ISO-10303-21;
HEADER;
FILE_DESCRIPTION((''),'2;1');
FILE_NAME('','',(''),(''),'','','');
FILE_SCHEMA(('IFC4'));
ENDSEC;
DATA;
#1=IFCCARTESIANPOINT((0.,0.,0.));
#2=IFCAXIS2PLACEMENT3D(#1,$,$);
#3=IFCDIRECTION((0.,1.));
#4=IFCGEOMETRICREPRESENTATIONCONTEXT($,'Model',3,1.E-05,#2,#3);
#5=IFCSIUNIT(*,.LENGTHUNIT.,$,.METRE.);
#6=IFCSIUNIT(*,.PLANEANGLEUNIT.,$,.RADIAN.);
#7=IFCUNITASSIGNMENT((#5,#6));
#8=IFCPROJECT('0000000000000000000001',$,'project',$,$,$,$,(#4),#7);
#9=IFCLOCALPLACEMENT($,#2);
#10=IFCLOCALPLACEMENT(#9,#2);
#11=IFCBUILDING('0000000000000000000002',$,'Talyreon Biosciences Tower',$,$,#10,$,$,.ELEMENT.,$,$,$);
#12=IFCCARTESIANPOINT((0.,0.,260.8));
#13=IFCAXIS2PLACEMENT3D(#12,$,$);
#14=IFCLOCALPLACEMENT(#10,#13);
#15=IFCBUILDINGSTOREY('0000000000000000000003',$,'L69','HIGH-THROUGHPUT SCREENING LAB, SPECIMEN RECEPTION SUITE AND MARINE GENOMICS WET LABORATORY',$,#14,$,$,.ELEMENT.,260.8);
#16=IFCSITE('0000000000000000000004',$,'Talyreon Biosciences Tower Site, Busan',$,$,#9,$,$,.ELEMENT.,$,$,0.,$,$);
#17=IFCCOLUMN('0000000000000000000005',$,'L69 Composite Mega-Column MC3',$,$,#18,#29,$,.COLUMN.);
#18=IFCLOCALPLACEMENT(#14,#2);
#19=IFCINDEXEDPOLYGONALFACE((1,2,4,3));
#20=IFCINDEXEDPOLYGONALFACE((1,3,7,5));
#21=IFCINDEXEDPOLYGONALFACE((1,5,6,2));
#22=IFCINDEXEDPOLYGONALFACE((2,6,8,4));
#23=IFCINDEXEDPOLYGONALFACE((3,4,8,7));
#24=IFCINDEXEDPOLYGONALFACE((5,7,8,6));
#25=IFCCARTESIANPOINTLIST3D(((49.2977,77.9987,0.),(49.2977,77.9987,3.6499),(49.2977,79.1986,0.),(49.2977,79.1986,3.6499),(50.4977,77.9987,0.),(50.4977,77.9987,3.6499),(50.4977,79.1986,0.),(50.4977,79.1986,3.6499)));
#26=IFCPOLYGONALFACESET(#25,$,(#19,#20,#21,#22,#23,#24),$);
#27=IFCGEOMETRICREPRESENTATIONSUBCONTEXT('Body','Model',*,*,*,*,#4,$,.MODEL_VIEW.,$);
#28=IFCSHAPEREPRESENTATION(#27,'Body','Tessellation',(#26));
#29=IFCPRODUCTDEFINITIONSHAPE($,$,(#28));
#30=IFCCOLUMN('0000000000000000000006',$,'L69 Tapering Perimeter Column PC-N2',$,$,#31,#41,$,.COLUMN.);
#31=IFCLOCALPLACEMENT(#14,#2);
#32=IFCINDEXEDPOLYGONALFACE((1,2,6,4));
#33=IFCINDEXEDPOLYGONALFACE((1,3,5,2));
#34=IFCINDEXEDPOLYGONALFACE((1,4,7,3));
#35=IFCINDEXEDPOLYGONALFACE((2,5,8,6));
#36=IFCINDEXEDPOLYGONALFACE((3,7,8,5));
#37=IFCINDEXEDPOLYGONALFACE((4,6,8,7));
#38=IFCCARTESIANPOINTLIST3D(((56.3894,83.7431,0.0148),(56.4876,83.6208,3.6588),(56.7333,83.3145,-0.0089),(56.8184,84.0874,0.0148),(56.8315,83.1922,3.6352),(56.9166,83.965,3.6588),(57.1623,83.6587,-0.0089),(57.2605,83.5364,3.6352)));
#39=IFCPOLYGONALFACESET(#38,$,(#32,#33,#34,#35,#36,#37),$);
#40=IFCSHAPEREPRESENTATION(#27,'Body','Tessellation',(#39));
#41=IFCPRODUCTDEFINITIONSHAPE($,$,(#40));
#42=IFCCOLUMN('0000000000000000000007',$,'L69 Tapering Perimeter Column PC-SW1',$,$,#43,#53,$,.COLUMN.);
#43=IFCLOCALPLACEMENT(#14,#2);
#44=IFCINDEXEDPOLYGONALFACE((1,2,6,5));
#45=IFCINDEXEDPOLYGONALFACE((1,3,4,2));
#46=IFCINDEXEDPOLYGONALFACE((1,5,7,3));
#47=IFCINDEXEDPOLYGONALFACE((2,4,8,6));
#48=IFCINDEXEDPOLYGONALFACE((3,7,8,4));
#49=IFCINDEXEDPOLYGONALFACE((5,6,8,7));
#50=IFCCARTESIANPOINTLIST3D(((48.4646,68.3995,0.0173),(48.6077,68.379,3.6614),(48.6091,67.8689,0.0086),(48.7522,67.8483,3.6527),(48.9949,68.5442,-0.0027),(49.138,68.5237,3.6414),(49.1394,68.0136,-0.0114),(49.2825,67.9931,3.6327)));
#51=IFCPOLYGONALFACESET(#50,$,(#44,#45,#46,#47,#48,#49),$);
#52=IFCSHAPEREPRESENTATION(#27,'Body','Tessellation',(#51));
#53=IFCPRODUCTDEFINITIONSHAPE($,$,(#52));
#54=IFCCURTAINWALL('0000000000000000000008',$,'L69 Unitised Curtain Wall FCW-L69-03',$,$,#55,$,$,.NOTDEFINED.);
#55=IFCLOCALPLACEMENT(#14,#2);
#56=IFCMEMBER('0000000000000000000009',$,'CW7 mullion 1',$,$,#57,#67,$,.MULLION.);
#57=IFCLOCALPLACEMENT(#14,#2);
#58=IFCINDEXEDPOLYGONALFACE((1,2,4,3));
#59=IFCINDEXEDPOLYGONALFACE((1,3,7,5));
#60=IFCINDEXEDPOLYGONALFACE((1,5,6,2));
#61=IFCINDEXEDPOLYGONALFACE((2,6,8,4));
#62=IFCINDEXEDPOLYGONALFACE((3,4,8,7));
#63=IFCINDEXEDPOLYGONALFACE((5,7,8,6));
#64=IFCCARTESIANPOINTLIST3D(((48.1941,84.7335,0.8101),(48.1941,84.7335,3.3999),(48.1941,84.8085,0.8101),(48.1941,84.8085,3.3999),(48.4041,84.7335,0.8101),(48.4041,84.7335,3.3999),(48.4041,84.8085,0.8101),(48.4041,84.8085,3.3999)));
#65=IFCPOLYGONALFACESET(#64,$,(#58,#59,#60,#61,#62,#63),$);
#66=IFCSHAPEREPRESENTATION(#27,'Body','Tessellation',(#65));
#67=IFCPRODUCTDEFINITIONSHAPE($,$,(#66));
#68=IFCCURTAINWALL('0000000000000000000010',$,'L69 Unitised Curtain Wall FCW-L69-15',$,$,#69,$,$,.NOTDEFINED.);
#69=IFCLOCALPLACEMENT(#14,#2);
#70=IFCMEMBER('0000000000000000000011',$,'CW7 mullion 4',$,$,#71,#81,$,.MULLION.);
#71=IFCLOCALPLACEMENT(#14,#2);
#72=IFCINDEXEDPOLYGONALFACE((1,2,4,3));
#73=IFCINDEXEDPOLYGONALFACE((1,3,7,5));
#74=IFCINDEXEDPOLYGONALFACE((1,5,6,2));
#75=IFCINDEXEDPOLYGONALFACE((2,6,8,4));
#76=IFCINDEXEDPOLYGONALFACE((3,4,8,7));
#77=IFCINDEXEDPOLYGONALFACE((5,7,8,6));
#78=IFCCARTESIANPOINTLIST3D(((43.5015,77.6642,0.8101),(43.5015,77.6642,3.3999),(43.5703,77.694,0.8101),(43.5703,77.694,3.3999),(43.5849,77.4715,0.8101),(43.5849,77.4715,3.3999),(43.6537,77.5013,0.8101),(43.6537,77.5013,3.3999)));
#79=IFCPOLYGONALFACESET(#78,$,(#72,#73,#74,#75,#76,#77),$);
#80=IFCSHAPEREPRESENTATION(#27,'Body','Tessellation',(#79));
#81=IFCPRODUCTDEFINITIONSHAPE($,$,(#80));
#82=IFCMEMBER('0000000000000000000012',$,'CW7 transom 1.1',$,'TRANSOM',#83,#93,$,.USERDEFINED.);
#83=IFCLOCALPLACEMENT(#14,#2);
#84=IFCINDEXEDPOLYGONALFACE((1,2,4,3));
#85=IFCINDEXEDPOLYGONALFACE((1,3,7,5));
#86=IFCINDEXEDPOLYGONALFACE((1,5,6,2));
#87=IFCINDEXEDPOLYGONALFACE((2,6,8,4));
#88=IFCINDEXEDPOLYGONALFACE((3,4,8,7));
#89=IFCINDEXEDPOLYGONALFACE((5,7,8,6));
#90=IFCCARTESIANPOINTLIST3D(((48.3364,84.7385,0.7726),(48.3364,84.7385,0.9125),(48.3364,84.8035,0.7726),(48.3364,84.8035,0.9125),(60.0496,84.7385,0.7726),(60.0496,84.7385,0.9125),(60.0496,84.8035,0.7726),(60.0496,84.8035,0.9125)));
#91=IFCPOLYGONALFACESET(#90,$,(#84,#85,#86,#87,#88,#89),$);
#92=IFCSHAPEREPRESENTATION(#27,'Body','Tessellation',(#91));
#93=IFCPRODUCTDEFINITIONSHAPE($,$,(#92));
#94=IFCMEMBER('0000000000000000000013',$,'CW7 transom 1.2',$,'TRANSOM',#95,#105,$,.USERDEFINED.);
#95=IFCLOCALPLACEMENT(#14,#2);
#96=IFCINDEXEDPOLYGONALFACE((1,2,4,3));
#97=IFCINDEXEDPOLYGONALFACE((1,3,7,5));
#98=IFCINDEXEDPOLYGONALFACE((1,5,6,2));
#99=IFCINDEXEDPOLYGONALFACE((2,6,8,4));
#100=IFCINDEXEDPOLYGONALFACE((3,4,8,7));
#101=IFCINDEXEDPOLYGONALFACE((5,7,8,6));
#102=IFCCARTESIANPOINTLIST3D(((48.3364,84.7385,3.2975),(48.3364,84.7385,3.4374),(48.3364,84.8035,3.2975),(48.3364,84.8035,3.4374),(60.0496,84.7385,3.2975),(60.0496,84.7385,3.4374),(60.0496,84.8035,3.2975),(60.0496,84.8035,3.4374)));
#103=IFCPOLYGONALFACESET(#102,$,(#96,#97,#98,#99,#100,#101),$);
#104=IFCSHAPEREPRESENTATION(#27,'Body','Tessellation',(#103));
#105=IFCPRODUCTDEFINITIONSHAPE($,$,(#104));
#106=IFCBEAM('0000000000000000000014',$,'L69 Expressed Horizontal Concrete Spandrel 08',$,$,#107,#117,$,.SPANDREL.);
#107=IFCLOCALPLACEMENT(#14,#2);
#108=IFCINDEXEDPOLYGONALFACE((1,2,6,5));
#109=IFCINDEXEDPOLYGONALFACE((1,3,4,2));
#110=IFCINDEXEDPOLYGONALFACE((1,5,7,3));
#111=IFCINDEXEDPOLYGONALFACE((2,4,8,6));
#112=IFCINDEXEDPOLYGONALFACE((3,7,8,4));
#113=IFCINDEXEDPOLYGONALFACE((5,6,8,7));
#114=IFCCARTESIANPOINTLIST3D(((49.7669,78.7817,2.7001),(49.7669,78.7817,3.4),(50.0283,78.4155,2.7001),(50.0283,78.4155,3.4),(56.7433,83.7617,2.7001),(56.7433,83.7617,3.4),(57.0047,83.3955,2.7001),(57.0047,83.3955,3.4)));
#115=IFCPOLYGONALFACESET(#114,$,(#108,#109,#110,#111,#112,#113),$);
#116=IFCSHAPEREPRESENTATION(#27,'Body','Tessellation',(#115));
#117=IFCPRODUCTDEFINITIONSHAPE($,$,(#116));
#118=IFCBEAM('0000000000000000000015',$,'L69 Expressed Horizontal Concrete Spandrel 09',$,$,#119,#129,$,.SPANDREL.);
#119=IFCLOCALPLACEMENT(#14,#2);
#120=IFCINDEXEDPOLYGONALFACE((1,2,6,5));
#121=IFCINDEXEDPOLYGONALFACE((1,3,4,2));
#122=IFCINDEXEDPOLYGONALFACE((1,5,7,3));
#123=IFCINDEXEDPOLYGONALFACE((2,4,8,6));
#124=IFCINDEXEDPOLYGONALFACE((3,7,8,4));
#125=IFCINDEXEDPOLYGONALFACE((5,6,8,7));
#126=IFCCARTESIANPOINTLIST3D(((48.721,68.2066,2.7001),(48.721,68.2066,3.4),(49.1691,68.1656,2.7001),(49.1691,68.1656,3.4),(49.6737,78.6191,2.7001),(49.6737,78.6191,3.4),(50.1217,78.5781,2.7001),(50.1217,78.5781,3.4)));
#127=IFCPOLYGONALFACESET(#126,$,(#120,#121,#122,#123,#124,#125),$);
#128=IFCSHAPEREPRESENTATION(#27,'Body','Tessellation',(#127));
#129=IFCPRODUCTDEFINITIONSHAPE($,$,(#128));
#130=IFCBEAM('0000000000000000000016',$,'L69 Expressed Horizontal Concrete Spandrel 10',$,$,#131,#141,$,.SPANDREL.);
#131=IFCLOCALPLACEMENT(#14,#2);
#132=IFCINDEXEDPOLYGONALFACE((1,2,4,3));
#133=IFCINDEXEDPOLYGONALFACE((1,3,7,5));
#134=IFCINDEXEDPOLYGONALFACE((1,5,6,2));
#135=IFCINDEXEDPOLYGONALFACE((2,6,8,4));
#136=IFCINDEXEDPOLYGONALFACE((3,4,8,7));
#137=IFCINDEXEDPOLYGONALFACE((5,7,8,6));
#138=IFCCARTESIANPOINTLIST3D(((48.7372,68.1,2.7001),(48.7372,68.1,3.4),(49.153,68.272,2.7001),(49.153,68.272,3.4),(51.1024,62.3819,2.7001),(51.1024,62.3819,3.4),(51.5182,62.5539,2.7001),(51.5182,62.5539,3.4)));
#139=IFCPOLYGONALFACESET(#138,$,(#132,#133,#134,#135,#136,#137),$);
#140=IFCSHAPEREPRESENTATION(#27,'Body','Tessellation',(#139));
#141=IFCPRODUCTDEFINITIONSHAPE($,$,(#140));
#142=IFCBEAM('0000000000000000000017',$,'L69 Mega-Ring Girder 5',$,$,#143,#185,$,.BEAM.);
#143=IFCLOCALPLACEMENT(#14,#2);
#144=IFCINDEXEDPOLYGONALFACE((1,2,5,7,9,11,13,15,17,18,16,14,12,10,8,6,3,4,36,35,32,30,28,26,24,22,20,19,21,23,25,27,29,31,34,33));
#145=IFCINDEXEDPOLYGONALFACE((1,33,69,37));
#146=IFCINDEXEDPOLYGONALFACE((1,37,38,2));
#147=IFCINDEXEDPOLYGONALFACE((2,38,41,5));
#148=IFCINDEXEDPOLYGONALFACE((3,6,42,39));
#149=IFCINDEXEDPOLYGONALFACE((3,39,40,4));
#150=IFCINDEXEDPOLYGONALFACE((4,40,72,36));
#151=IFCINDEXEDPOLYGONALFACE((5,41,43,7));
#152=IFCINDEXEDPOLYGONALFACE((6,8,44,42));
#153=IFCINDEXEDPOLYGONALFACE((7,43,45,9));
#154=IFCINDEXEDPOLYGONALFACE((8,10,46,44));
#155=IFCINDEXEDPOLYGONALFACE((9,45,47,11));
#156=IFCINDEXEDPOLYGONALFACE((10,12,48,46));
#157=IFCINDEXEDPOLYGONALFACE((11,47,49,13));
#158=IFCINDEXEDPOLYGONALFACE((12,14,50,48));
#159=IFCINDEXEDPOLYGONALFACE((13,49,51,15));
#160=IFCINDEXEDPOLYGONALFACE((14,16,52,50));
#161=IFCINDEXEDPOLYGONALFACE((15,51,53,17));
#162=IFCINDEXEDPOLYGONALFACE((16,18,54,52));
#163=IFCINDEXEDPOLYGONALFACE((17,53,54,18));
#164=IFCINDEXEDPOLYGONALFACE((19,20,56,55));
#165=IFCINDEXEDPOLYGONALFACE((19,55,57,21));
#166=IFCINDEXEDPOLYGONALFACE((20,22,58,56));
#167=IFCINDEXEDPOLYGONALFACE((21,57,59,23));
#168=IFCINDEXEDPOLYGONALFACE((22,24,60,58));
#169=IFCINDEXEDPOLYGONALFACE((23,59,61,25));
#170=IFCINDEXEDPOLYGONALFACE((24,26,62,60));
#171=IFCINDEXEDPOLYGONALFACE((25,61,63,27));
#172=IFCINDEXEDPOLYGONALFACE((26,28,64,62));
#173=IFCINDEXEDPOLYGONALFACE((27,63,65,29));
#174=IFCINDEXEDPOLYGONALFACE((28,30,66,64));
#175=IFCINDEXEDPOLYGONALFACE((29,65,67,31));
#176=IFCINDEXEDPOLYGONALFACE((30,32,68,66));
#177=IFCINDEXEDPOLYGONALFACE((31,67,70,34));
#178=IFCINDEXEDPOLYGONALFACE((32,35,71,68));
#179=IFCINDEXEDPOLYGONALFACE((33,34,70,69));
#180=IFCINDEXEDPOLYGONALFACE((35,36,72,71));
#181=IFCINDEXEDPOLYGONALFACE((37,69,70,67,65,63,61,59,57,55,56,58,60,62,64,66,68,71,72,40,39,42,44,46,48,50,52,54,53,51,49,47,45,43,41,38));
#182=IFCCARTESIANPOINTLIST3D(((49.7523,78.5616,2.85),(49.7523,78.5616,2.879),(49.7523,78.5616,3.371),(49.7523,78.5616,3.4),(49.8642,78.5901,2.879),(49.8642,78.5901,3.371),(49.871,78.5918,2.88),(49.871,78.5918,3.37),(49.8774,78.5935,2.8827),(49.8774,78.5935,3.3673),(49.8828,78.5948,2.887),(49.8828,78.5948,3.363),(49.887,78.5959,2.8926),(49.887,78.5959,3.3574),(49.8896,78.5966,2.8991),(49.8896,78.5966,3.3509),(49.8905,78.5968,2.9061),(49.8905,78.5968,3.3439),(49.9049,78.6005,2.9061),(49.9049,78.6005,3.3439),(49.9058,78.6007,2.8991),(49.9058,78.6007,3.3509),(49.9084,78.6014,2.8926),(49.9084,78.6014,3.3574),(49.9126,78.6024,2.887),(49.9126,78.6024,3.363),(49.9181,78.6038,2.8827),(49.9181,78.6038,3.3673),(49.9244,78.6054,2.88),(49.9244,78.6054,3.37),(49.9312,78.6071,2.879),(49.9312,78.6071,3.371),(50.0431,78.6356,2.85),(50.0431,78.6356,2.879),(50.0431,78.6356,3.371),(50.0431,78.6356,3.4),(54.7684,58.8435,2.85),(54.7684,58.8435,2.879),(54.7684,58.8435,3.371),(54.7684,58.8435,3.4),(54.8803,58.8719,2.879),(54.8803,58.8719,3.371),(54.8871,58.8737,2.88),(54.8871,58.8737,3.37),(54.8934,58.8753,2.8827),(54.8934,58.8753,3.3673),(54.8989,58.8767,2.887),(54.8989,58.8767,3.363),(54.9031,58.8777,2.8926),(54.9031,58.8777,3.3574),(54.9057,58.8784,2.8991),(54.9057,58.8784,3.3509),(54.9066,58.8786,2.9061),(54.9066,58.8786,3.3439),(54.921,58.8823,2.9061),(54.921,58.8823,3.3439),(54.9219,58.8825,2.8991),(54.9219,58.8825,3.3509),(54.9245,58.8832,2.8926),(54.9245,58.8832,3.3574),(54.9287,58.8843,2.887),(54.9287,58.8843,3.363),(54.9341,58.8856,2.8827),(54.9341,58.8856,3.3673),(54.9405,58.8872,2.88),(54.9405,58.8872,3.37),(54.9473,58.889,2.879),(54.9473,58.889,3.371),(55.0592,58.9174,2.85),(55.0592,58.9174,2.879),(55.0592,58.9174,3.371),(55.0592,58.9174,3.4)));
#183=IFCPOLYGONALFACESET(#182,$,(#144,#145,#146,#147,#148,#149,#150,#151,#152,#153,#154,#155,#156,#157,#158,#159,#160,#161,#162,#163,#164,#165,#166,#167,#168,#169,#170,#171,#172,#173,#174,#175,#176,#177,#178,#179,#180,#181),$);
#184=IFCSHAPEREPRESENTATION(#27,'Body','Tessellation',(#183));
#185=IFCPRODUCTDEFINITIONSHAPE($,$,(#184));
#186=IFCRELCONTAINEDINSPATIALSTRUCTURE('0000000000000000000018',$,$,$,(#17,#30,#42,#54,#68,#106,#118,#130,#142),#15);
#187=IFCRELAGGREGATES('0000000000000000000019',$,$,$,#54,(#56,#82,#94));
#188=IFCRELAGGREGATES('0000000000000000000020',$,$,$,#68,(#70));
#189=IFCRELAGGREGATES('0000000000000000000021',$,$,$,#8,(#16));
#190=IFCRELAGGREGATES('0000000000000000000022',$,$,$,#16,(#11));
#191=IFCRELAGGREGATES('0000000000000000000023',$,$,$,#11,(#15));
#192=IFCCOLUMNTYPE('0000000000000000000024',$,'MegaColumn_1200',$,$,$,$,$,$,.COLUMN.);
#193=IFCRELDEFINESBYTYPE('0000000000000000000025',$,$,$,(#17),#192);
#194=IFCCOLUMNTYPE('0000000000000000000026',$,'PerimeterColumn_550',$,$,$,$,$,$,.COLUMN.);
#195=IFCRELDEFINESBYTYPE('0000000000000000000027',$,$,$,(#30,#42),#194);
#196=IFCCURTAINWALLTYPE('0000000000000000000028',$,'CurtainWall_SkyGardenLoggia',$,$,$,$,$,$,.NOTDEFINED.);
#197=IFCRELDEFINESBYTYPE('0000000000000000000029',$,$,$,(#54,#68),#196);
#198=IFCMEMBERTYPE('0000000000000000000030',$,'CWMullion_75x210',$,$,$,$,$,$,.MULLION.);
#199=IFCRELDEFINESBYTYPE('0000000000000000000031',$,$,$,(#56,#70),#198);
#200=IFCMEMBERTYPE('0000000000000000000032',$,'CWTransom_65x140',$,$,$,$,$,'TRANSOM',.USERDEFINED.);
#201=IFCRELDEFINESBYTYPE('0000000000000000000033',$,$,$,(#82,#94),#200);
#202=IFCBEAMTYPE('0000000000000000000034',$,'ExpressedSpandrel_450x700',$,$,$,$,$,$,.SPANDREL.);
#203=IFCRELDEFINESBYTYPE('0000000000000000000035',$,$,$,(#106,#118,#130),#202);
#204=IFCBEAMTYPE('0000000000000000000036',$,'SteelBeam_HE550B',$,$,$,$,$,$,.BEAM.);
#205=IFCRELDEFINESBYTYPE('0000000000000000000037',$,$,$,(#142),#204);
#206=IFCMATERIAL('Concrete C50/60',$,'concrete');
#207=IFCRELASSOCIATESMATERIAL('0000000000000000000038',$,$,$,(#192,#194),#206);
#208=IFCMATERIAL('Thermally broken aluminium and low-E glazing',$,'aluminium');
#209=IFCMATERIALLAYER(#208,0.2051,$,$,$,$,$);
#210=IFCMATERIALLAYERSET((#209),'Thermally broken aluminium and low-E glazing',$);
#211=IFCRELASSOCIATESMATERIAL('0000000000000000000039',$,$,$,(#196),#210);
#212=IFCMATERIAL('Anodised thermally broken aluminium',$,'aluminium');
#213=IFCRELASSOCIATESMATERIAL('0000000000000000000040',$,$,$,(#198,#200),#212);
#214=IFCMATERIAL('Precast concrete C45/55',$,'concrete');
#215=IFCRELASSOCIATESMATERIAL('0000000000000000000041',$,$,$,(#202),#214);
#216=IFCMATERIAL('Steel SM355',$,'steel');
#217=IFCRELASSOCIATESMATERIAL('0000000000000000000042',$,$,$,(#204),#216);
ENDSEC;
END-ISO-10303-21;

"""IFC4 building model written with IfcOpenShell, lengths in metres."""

from ifc_helpers import new_model, si_unit, direction, frame, origin, origin_2d, place, context, subcontext, project, spatial, rectangle, i_section, extrude, material, layer, layer_set, material_profile, profile_set, type_object, element, aggregate, save


model = new_model("IFC4")

# Units and contexts
model_context = context("Model", 3, precision=1e-05, world=origin(), true_north=direction((0.0, 1.0)))
body_context = subcontext(model_context, "Body", "Model", "MODEL_VIEW")
ifc_project = project(units=[si_unit("LENGTHUNIT", "METRE"), si_unit("PLANEANGLEUNIT", "RADIAN")], contexts=[model_context])

# Site, building, storey
site_placement = place(None, origin())
site = spatial("IfcSite", under=ifc_project, at=site_placement, Name="Talyreon Biosciences Tower Site, Busan", CompositionType="ELEMENT", RefElevation=0.0)
building_placement = place(site_placement, origin())
building = spatial("IfcBuilding", under=site, at=building_placement, Name="Talyreon Biosciences Tower", CompositionType="ELEMENT")
storey_placement = place(building_placement, frame((0.0, 0.0, 260.8)))
storey = spatial("IfcBuildingStorey", under=building, at=storey_placement, Name="L69", Description="HIGH-THROUGHPUT SCREENING LAB, SPECIMEN RECEPTION SUITE AND MARINE GENOMICS WET LABORATORY", CompositionType="ELEMENT", Elevation=260.8)

# Columns
ifc_material_1 = material(Name="Concrete C50/60", Category="concrete")
ifc_material_profile_1 = material_profile(ifc_material_1, rectangle(XDim=1.2, YDim=1.2, at=origin_2d()), Name="RC 1200x1200")
ifc_profile_set_1 = profile_set([ifc_material_profile_1], Name="Concrete C50/60")
column_type_1 = type_object("IfcColumnType", Name="MegaColumn_1200", PredefinedType="COLUMN", material=ifc_profile_set_1)
column_1_placement = place(storey_placement, frame((49.8977, 78.5986, 0.0), z_axis=(0.0, 0.0, 1.0), x_axis=(1.0, 0.0, 0.0)))
element("IfcColumn", 1, at=column_1_placement, inside=storey, type_object=column_type_1, Name="L69 Composite Mega-Column MC3", PredefinedType="COLUMN", context=body_context, shape_type="SweptSolid", body=[
    extrude(rectangle(XDim=1.2, YDim=1.2, at=origin_2d()), origin(), (0.0, 0.0, 1.0), 3.6499),
])
ifc_material_profile_2 = material_profile(ifc_material_1, rectangle(XDim=0.55, YDim=0.55, at=origin_2d()), Name="RC 550x550")
ifc_profile_set_2 = profile_set([ifc_material_profile_2], Name="Concrete C50/60")
column_type_2 = type_object("IfcColumnType", Name="PerimeterColumn_550", PredefinedType="COLUMN", material=ifc_profile_set_2)
column_2_placement = place(storey_placement, frame((56.7759, 83.7009, 0.0029), z_axis=(0.026908, -0.033535, 0.999075), x_axis=(-0.779957, -0.625834, 0.0)))
element("IfcColumn", 2, at=column_2_placement, inside=storey, type_object=column_type_2, Name="L69 Tapering Perimeter Column PC-N2", PredefinedType="COLUMN", context=body_context, shape_type="SweptSolid", body=[
    extrude(rectangle(XDim=0.55, YDim=0.55, at=origin_2d()), origin(), (0.0, 0.0, 1.0), 3.6475),
])
column_3_placement = place(storey_placement, frame((48.802, 68.2065, 0.0029), z_axis=(0.03923, -0.005623, 0.999214), x_axis=(0.964085, 0.263092, -0.03637)))
element("IfcColumn", 3, at=column_3_placement, inside=storey, type_object=column_type_2, Name="L69 Tapering Perimeter Column PC-SW1", PredefinedType="COLUMN", context=body_context, shape_type="SweptSolid", body=[
    extrude(rectangle(XDim=0.55, YDim=0.55, at=origin_2d()), origin(), (0.0, 0.0, 1.0), 3.647),
])

# Curtain walls, members
ifc_material_2 = material(Name="Thermally broken aluminium and low-E glazing", Category="aluminium")
ifc_layer_1 = layer(ifc_material_2, 0.2051)
ifc_layer_set_1 = layer_set([ifc_layer_1], Name="Thermally broken aluminium and low-E glazing")
curtain_wall_type = type_object("IfcCurtainWallType", Name="CurtainWall_SkyGardenLoggia", PredefinedType="NOTDEFINED", material=ifc_layer_set_1)
curtain_wall_1_placement = place(storey_placement, origin())
curtain_wall_1 = element("IfcCurtainWall", 4, at=curtain_wall_1_placement, inside=storey, type_object=curtain_wall_type, Name="L69 Unitised Curtain Wall FCW-L69-03", PredefinedType="NOTDEFINED")
ifc_material_3 = material(Name="Anodised thermally broken aluminium", Category="aluminium")
ifc_material_profile_3 = material_profile(ifc_material_3, rectangle(XDim=0.075, YDim=0.21, at=origin_2d()), Name="ALUM MULLION 75x210")
ifc_profile_set_3 = profile_set([ifc_material_profile_3], Name="Anodised thermally broken aluminium")
member_type_1 = type_object("IfcMemberType", Name="CWMullion_75x210", PredefinedType="MULLION", material=ifc_profile_set_3)
member_1_placement = place(storey_placement, frame((48.2991, 84.771, 0.8101), z_axis=(0.0, 0.0, 1.0), x_axis=(0.0, 1.0, 0.0)))
member_1 = element("IfcMember", 5, at=member_1_placement, type_object=member_type_1, Name="CW7 mullion 1", PredefinedType="MULLION", context=body_context, shape_type="SweptSolid", body=[
    extrude(rectangle(XDim=0.075, YDim=0.21, at=origin_2d()), origin(), (0.0, 0.0, 1.0), 2.5898),
])
curtain_wall_2_placement = place(storey_placement, origin())
curtain_wall_2 = element("IfcCurtainWall", 6, at=curtain_wall_2_placement, inside=storey, type_object=curtain_wall_type, Name="L69 Unitised Curtain Wall FCW-L69-15", PredefinedType="NOTDEFINED")
member_2_placement = place(storey_placement, frame((43.5776, 77.5828, 0.8101), z_axis=(0.0, 0.0, 1.0), x_axis=(-0.917723, -0.397221, 0.0)))
member_2 = element("IfcMember", 7, at=member_2_placement, type_object=member_type_1, Name="CW7 mullion 4", PredefinedType="MULLION", context=body_context, shape_type="SweptSolid", body=[
    extrude(rectangle(XDim=0.075, YDim=0.21, at=origin_2d()), origin(), (0.0, 0.0, 1.0), 2.5898),
])

# Members
ifc_material_profile_4 = material_profile(ifc_material_3, rectangle(XDim=0.0649, YDim=0.1399, at=origin_2d()), Name="ALUM TRANSOM 65x140")
ifc_profile_set_4 = profile_set([ifc_material_profile_4], Name="Anodised thermally broken aluminium")
member_type_2 = type_object("IfcMemberType", Name="CWTransom_65x140", ElementType="TRANSOM", PredefinedType="USERDEFINED", material=ifc_profile_set_4)
member_3_placement = place(storey_placement, frame((48.3364, 84.771, 0.8425), z_axis=(1.0, 0.0, 0.0), x_axis=(0.0, 1.0, 0.0)))
member_3 = element("IfcMember", 8, at=member_3_placement, type_object=member_type_2, Name="CW7 transom 1.1", ObjectType="TRANSOM", PredefinedType="USERDEFINED", context=body_context, shape_type="SweptSolid", body=[
    extrude(rectangle(XDim=0.0649, YDim=0.1399, at=origin_2d()), origin(), (0.0, 0.0, 1.0), 11.7131),
])
member_4_placement = place(storey_placement, frame((48.3364, 84.771, 3.3674), z_axis=(1.0, 0.0, 0.0), x_axis=(0.0, 1.0, 0.0)))
member_4 = element("IfcMember", 9, at=member_4_placement, type_object=member_type_2, Name="CW7 transom 1.2", ObjectType="TRANSOM", PredefinedType="USERDEFINED", context=body_context, shape_type="SweptSolid", body=[
    extrude(rectangle(XDim=0.0649, YDim=0.1399, at=origin_2d()), origin(), (0.0, 0.0, 1.0), 11.7131),
])

# Beams
ifc_material_4 = material(Name="Precast concrete C45/55", Category="concrete")
ifc_material_profile_5 = material_profile(ifc_material_4, rectangle(XDim=0.45, YDim=0.7, at=origin_2d()), Name="RCB 450x700")
ifc_profile_set_5 = profile_set([ifc_material_profile_5], Name="Precast concrete C45/55")
beam_type_1 = type_object("IfcBeamType", Name="ExpressedSpandrel_450x700", PredefinedType="SPANDREL", material=ifc_profile_set_5)
beam_1_placement = place(storey_placement, frame((56.874, 83.5786, 3.05), z_axis=(-0.813905, -0.580998, 0.0), x_axis=(0.580998, -0.813905, 0.0)))
element("IfcBeam", 10, at=beam_1_placement, inside=storey, type_object=beam_type_1, Name="L69 Expressed Horizontal Concrete Spandrel 08", PredefinedType="SPANDREL", context=body_context, shape_type="SweptSolid", body=[
    extrude(rectangle(XDim=0.45, YDim=0.7, at=origin_2d()), origin(), (0.0, 0.0, 1.0), 8.5715),
])
beam_2_placement = place(storey_placement, frame((49.8977, 78.5986, 3.05), z_axis=(-0.091108, -0.995841, 0.0), x_axis=(0.995841, -0.091108, 0.0)))
element("IfcBeam", 11, at=beam_2_placement, inside=storey, type_object=beam_type_1, Name="L69 Expressed Horizontal Concrete Spandrel 09", PredefinedType="SPANDREL", context=body_context, shape_type="SweptSolid", body=[
    extrude(rectangle(XDim=0.45, YDim=0.7, at=origin_2d()), origin(), (0.0, 0.0, 1.0), 10.4561),
])
beam_3_placement = place(storey_placement, frame((48.9451, 68.186, 3.05), z_axis=(0.382236, -0.924065, 0.0), x_axis=(0.924065, 0.382236, 0.0)))
element("IfcBeam", 12, at=beam_3_placement, inside=storey, type_object=beam_type_1, Name="L69 Expressed Horizontal Concrete Spandrel 10", PredefinedType="SPANDREL", context=body_context, shape_type="SweptSolid", body=[
    extrude(rectangle(XDim=0.45, YDim=0.7, at=origin_2d()), origin(), (0.0, 0.0, 1.0), 6.188),
])
ifc_material_5 = material(Name="Steel SM355", Category="steel")
ifc_material_profile_6 = material_profile(ifc_material_5, i_section(OverallWidth=0.3, OverallDepth=0.55, WebThickness=0.0149, FlangeThickness=0.0291, FilletRadius=0.0271, at=origin_2d()), Name="HE550B")
ifc_profile_set_6 = profile_set([ifc_material_profile_6], Name="Steel SM355")
beam_type_2 = type_object("IfcBeamType", Name="SteelBeam_HE550B", PredefinedType="BEAM", material=ifc_profile_set_6)
beam_4_placement = place(storey_placement, frame((49.8977, 78.5986, 3.125), z_axis=(0.246537, -0.969133, 0.0), x_axis=(0.969133, 0.246537, 0.0)))
element("IfcBeam", 13, at=beam_4_placement, inside=storey, type_object=beam_type_2, Name="L69 Mega-Ring Girder 5", PredefinedType="BEAM", context=body_context, shape_type="SweptSolid", body=[
    extrude(i_section(OverallWidth=0.3, OverallDepth=0.55, WebThickness=0.0149, FlangeThickness=0.0291, FilletRadius=0.0271, at=origin_2d()), origin(), (0.0, 0.0, 1.0), 20.3462),
])

aggregate(curtain_wall_1, [member_1, member_3, member_4])
aggregate(curtain_wall_2, [member_2])

save(model, "model.ifc")
